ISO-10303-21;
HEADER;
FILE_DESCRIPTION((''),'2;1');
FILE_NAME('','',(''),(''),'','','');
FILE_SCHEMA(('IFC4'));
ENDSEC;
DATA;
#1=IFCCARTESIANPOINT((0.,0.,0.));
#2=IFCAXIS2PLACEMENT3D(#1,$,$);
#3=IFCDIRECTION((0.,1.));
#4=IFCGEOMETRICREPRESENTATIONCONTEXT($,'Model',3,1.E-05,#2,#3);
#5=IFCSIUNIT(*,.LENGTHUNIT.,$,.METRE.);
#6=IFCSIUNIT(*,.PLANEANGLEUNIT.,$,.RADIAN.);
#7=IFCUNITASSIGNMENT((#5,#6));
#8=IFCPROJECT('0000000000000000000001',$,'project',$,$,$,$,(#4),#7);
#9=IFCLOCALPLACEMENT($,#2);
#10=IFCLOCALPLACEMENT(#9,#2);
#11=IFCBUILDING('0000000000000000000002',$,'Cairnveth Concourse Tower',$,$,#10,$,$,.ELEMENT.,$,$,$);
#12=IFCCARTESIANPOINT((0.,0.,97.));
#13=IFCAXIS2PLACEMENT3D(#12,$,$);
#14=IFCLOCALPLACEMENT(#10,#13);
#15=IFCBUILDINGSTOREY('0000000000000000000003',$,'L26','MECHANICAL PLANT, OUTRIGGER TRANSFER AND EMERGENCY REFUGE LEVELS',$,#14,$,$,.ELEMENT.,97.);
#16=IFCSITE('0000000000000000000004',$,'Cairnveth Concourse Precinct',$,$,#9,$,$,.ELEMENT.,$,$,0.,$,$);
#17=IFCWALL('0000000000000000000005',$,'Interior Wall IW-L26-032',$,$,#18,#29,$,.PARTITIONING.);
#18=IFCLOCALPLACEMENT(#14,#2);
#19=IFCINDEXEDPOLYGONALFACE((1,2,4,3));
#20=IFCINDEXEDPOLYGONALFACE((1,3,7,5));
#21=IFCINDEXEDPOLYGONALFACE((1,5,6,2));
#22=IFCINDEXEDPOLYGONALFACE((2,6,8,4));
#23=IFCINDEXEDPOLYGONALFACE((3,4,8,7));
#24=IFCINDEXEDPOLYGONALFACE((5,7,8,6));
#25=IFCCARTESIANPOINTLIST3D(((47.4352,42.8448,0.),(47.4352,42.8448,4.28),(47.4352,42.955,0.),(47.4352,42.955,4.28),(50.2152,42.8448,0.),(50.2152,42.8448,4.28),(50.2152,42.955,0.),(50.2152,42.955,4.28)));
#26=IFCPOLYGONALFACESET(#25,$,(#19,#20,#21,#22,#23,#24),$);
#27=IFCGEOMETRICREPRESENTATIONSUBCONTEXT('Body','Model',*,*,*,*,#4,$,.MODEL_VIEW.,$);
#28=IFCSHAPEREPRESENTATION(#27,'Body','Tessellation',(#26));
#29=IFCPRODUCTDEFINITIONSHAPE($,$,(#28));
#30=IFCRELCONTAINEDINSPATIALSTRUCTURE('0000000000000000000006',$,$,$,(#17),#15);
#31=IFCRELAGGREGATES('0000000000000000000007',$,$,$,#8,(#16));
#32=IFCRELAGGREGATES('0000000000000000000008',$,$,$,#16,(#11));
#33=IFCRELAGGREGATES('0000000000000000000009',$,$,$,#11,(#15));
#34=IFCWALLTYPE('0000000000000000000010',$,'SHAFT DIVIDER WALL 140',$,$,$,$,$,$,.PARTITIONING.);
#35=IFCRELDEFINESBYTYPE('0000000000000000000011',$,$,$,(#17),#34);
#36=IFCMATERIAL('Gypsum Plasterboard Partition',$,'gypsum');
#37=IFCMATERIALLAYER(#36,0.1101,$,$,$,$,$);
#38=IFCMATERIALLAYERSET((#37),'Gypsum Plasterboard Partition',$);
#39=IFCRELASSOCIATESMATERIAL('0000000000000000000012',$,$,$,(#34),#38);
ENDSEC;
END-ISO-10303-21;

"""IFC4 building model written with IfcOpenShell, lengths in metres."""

from ifc_helpers import new_model, si_unit, direction, frame, frame_2d, origin, place, context, subcontext, project, spatial, rectangle, extrude, material, layer, layer_set, type_object, element, save


model = new_model("IFC4")

# Units and contexts
model_context = context("Model", 3, precision=1e-05, world=origin(), true_north=direction((0.0, 1.0)))
body_context = subcontext(model_context, "Body", "Model", "MODEL_VIEW")
ifc_project = project(units=[si_unit("LENGTHUNIT", "METRE"), si_unit("PLANEANGLEUNIT", "RADIAN")], contexts=[model_context])

# Site, building, storey
site_placement = place(None, origin())
site = spatial("IfcSite", under=ifc_project, at=site_placement, Name="Cairnveth Concourse Precinct", CompositionType="ELEMENT", RefElevation=0.0)
building_placement = place(site_placement, origin())
building = spatial("IfcBuilding", under=site, at=building_placement, Name="Cairnveth Concourse Tower", CompositionType="ELEMENT")
storey_placement = place(building_placement, frame((0.0, 0.0, 97.0)))
storey = spatial("IfcBuildingStorey", under=building, at=storey_placement, Name="L26", Description="MECHANICAL PLANT, OUTRIGGER TRANSFER AND EMERGENCY REFUGE LEVELS", CompositionType="ELEMENT", Elevation=97.0)

# Shared definitions
ifc_material_1 = material(Name="Gypsum Plasterboard Partition", Category="gypsum")

# Wall
ifc_layer_1 = layer(ifc_material_1, 0.1101)
ifc_layer_set_1 = layer_set([ifc_layer_1], Name="Gypsum Plasterboard Partition")
wall_type_1 = type_object("IfcWallType", Name="SHAFT DIVIDER WALL 140", PredefinedType="PARTITIONING", material=ifc_layer_set_1)
wall_1_placement = place(storey_placement, frame((47.4351, 42.8999, 0.0), z_axis=(0.0, 0.0, 1.0), x_axis=(1.0, 0.0, 0.0)))
element("IfcWall", 1, at=wall_1_placement, inside=storey, type_object=wall_type_1, Name="Interior Wall IW-L26-032", PredefinedType="PARTITIONING", context=body_context, shape_type="SweptSolid", body=[
    extrude(rectangle(XDim=2.78, YDim=0.1101, at=frame_2d((1.3901, 0.0))), origin(), (0.0, 0.0, 1.0), 4.28),
])

save(model, "model.ifc")
